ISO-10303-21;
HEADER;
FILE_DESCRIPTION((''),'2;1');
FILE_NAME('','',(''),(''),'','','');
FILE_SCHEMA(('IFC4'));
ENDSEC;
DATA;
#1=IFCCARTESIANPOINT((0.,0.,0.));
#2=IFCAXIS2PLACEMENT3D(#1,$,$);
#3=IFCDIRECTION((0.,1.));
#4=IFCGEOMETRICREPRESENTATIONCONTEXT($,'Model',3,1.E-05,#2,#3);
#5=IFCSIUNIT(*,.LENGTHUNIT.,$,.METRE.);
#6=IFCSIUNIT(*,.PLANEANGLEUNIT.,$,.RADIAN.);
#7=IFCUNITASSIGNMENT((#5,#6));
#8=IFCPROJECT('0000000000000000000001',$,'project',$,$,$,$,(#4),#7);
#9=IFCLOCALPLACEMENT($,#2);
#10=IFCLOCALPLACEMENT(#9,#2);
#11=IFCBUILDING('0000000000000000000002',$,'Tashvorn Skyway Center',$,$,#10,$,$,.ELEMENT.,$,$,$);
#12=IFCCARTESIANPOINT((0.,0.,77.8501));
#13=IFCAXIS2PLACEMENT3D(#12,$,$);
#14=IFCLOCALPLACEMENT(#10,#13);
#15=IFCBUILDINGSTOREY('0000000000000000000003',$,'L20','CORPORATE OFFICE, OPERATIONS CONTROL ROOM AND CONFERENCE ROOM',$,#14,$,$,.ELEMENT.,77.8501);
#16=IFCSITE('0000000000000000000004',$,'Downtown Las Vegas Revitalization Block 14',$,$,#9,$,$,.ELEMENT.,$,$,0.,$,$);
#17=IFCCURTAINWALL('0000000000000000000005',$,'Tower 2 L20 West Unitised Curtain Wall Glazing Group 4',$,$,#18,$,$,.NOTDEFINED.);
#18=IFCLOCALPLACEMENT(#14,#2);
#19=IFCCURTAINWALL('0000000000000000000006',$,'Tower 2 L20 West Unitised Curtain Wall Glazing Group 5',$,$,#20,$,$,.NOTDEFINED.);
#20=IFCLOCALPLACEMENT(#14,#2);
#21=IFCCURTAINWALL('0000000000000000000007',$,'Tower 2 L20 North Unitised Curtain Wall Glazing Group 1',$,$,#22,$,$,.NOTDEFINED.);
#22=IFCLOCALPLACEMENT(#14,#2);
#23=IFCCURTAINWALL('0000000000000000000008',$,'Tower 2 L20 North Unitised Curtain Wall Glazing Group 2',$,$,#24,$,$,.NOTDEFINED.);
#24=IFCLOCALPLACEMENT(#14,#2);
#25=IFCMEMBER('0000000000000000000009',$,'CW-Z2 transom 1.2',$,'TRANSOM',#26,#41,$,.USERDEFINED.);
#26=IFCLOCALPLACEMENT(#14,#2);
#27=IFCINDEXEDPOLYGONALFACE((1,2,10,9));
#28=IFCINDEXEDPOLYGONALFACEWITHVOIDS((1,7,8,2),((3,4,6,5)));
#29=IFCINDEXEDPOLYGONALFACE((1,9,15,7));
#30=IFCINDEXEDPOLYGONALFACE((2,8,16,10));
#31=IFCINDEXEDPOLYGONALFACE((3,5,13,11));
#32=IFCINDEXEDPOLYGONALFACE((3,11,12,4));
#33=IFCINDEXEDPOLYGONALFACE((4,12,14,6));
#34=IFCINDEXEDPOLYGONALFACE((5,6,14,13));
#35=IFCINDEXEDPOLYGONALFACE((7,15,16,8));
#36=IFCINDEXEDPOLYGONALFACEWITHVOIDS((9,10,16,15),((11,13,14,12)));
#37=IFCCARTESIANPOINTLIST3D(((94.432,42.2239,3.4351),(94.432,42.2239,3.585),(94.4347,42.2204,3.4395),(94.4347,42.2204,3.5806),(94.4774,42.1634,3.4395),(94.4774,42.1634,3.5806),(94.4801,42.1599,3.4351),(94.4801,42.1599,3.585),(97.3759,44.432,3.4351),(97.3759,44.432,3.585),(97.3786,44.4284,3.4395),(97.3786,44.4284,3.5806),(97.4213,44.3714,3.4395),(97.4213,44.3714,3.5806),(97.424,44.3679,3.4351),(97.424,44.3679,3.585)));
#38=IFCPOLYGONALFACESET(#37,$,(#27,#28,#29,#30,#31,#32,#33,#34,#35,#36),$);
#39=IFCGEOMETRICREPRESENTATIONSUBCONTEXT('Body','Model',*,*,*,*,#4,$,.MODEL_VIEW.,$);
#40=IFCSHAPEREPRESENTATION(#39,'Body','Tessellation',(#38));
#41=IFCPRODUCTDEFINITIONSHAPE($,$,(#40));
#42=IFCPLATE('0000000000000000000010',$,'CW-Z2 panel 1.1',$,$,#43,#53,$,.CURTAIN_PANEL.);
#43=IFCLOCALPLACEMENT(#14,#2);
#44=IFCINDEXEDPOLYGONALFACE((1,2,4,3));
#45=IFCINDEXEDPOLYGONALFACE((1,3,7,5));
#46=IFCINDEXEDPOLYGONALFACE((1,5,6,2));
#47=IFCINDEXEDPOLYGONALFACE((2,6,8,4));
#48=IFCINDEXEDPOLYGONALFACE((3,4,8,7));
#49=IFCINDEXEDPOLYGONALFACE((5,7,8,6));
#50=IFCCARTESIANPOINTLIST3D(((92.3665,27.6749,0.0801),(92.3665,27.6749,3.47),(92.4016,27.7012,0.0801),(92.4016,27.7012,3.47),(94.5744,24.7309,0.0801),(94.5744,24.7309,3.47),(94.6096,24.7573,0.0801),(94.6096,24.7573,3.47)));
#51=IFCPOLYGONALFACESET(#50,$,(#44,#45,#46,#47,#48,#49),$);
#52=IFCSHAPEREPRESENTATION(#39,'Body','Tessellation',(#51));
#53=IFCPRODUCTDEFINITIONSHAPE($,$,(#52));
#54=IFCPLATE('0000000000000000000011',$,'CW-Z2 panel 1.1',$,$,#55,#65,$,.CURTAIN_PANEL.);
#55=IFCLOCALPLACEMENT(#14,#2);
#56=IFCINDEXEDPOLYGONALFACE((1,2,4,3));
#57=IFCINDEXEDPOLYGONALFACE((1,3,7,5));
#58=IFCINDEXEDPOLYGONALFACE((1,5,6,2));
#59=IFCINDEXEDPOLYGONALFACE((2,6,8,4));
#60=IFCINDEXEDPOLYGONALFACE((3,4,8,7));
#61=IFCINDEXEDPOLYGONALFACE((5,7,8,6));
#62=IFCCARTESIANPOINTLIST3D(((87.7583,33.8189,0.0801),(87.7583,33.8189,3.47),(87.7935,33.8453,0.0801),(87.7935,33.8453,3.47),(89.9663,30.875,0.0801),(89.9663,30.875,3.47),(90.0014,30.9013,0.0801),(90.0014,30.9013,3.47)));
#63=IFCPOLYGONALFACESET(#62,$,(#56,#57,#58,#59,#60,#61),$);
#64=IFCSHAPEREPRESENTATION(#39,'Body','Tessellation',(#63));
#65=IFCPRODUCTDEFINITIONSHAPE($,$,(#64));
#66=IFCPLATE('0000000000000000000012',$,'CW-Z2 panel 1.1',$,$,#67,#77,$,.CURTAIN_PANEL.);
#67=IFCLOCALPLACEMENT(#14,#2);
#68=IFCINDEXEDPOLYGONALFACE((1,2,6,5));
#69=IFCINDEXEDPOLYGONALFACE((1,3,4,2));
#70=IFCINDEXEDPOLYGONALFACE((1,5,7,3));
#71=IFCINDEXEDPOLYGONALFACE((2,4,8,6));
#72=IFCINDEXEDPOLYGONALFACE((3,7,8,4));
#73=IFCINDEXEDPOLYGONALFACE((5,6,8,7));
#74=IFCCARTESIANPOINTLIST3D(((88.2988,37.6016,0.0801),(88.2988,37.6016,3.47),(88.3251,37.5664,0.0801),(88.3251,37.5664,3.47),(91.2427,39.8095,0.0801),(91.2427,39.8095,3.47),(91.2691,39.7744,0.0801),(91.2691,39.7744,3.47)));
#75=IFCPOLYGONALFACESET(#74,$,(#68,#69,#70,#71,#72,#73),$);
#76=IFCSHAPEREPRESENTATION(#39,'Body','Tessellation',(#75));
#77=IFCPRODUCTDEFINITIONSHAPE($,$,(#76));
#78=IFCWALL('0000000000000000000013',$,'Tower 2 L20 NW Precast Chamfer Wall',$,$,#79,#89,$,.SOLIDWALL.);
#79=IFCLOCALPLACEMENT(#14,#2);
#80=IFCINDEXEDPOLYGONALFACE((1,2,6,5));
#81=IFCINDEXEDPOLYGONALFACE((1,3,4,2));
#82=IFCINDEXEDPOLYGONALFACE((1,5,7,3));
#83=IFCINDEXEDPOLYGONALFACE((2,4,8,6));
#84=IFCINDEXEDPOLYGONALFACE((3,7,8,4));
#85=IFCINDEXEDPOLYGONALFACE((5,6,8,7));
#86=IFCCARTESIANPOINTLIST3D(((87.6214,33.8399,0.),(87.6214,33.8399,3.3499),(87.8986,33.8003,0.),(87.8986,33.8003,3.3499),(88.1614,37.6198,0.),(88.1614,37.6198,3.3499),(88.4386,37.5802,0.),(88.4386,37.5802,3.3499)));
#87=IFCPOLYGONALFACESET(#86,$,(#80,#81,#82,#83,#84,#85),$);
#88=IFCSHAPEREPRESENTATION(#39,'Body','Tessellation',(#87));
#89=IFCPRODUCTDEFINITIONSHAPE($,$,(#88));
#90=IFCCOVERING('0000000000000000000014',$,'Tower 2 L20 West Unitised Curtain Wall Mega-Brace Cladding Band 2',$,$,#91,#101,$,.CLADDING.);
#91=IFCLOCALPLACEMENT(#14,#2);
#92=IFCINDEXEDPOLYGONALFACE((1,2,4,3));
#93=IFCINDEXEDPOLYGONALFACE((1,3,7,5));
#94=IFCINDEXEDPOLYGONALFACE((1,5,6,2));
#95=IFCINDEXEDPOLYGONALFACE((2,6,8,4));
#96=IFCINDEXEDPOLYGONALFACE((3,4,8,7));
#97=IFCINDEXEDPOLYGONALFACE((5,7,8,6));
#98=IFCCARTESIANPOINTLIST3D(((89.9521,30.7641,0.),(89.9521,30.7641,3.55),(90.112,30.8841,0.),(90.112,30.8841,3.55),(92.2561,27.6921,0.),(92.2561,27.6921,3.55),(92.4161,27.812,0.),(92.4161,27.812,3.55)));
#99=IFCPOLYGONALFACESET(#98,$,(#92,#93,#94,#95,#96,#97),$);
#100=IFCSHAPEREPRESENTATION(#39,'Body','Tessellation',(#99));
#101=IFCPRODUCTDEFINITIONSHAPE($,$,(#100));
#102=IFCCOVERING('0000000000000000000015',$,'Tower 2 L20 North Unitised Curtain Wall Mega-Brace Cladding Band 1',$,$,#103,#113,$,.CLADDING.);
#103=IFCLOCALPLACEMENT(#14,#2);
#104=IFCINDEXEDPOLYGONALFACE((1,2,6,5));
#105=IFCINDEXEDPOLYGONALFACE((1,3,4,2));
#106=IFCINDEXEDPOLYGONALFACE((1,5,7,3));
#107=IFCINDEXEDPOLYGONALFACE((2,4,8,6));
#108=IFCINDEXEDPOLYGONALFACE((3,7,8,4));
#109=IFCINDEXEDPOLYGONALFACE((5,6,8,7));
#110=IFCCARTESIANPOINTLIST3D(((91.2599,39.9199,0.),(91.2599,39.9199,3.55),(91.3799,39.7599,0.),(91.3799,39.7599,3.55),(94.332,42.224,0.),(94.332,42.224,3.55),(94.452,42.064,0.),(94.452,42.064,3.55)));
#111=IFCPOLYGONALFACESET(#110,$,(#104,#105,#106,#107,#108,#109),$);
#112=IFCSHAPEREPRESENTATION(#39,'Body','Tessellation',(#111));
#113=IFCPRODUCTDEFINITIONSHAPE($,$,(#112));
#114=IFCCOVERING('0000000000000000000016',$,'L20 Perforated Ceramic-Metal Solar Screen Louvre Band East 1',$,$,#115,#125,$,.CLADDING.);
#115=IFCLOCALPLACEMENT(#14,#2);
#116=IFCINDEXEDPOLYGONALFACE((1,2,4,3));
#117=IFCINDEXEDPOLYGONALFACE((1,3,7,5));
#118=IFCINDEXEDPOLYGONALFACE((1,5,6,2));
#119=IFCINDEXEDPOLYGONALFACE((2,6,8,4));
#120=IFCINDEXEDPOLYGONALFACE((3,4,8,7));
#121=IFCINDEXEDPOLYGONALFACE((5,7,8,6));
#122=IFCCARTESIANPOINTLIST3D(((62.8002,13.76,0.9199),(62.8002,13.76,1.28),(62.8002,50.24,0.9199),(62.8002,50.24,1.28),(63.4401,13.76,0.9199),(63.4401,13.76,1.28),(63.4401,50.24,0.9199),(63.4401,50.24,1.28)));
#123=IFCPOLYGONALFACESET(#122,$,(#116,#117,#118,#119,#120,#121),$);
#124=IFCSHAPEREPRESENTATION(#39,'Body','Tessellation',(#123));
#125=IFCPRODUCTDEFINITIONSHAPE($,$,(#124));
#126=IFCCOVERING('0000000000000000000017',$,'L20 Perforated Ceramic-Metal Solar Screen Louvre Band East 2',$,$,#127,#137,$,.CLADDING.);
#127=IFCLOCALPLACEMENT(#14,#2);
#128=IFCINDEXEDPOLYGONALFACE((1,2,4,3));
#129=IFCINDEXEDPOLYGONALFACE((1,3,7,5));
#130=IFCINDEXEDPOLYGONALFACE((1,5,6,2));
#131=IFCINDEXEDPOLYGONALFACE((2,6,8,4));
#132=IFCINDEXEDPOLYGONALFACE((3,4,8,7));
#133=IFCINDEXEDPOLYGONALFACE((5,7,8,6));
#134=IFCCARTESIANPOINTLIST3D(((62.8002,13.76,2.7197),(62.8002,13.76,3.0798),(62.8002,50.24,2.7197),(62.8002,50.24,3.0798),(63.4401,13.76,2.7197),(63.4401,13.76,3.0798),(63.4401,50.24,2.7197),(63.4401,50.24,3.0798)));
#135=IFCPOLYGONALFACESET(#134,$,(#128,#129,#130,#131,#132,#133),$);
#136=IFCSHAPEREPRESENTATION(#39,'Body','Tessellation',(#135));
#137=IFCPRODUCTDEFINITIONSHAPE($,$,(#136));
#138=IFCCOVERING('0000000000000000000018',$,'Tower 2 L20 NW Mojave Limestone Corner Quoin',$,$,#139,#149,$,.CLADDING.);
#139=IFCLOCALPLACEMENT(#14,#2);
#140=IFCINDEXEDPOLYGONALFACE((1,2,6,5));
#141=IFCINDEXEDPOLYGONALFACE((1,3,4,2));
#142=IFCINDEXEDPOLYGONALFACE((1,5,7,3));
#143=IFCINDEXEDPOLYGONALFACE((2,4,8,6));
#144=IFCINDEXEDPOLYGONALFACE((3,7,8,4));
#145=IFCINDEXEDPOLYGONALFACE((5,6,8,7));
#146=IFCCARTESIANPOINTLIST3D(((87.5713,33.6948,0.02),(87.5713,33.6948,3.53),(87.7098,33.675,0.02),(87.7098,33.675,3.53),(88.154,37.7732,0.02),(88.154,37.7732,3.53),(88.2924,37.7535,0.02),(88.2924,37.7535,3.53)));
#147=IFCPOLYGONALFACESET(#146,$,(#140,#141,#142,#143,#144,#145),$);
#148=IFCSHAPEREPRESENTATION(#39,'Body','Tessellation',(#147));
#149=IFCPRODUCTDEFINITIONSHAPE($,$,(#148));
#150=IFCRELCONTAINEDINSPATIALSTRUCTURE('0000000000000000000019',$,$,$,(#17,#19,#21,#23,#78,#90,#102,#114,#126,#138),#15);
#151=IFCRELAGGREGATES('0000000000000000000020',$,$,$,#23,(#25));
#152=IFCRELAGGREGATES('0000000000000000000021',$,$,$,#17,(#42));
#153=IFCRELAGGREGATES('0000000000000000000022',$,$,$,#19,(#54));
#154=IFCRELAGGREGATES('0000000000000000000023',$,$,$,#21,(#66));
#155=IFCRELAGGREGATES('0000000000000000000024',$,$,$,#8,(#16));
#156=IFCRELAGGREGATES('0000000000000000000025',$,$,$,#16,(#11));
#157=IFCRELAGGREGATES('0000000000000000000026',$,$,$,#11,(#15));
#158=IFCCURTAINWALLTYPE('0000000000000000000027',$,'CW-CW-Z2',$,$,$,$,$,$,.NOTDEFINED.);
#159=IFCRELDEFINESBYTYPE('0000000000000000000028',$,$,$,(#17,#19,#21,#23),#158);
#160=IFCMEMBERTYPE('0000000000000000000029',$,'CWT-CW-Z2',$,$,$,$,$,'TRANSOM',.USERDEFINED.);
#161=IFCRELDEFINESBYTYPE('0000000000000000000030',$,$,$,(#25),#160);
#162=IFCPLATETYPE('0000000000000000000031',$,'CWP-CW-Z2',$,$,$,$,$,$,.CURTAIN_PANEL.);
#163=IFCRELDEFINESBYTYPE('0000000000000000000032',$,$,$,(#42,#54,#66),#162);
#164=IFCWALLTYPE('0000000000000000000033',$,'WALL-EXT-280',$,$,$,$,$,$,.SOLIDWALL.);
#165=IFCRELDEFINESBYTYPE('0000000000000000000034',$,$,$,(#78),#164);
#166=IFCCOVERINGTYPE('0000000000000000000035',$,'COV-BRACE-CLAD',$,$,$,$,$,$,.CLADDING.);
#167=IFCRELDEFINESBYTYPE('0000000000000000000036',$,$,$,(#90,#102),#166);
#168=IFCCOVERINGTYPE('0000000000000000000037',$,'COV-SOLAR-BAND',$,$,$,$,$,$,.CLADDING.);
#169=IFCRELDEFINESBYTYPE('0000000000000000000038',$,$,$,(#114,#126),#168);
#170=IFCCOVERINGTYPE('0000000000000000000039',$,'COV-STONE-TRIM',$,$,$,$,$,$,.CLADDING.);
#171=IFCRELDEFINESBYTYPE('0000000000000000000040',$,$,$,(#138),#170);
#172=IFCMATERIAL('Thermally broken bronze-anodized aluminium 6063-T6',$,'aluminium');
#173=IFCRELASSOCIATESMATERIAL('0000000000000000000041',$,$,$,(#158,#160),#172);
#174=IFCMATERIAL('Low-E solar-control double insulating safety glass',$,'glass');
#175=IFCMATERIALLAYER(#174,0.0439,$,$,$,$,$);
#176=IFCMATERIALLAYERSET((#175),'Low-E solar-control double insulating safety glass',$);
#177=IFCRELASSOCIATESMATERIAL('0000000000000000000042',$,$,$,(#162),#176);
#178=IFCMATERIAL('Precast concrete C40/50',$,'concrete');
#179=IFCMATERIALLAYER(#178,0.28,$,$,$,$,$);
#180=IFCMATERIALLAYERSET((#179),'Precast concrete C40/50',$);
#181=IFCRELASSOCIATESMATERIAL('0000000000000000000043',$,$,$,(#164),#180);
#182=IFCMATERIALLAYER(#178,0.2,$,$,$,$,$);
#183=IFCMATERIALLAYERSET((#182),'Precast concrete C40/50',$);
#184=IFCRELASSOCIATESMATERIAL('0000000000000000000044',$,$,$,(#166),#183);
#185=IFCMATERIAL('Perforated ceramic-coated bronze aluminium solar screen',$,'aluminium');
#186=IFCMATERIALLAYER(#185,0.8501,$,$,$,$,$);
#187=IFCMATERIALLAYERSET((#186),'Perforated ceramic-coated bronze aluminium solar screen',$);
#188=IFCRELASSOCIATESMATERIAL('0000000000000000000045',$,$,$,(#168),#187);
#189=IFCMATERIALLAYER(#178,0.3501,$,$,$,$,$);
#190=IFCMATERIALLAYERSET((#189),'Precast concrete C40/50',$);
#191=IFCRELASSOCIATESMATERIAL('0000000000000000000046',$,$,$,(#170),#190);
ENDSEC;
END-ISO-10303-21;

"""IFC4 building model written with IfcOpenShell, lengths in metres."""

from ifc_helpers import new_model, si_unit, direction, frame, frame_2d, origin, origin_2d, place, context, subcontext, project, spatial, rectangle, hollow_rectangle, extrude, material, layer, layer_set, material_profile, profile_set, type_object, element, aggregate, save


model = new_model("IFC4")

# Units and contexts
model_context = context("Model", 3, precision=1e-05, world=origin(), true_north=direction((0.0, 1.0)))
body_context = subcontext(model_context, "Body", "Model", "MODEL_VIEW")
ifc_project = project(units=[si_unit("LENGTHUNIT", "METRE"), si_unit("PLANEANGLEUNIT", "RADIAN")], contexts=[model_context])

# Site, building, storey
site_placement = place(None, origin())
site = spatial("IfcSite", under=ifc_project, at=site_placement, Name="Downtown Las Vegas Revitalization Block 14", CompositionType="ELEMENT", RefElevation=0.0)
building_placement = place(site_placement, origin())
building = spatial("IfcBuilding", under=site, at=building_placement, Name="Tashvorn Skyway Center", CompositionType="ELEMENT")
storey_placement = place(building_placement, frame((0.0, 0.0, 77.8501)))
storey = spatial("IfcBuildingStorey", under=building, at=storey_placement, Name="L20", Description="CORPORATE OFFICE, OPERATIONS CONTROL ROOM AND CONFERENCE ROOM", CompositionType="ELEMENT", Elevation=77.8501)

# Shared definitions
ifc_material_1 = material(Name="Thermally broken bronze-anodized aluminium 6063-T6", Category="aluminium")
curtain_wall_type = type_object("IfcCurtainWallType", Name="CW-CW-Z2", PredefinedType="NOTDEFINED", material=ifc_material_1)

# Curtain walls
curtain_wall_1_placement = place(storey_placement, origin())
curtain_wall_1 = element("IfcCurtainWall", 1, at=curtain_wall_1_placement, inside=storey, type_object=curtain_wall_type, Name="Tower 2 L20 West Unitised Curtain Wall Glazing Group 4", PredefinedType="NOTDEFINED")
curtain_wall_2_placement = place(storey_placement, origin())
curtain_wall_2 = element("IfcCurtainWall", 2, at=curtain_wall_2_placement, inside=storey, type_object=curtain_wall_type, Name="Tower 2 L20 West Unitised Curtain Wall Glazing Group 5", PredefinedType="NOTDEFINED")
curtain_wall_3_placement = place(storey_placement, origin())
curtain_wall_3 = element("IfcCurtainWall", 3, at=curtain_wall_3_placement, inside=storey, type_object=curtain_wall_type, Name="Tower 2 L20 North Unitised Curtain Wall Glazing Group 1", PredefinedType="NOTDEFINED")

# Curtain wall
curtain_wall_4_placement = place(storey_placement, origin())
curtain_wall_4 = element("IfcCurtainWall", 4, at=curtain_wall_4_placement, inside=storey, type_object=curtain_wall_type, Name="Tower 2 L20 North Unitised Curtain Wall Glazing Group 2", PredefinedType="NOTDEFINED")

# Member
ifc_material_profile_1 = material_profile(ifc_material_1, hollow_rectangle(XDim=0.0801, YDim=0.1499, WallThickness=0.0044, at=origin_2d()), Name="ALU-TRAN-80x150")
ifc_profile_set_1 = profile_set([ifc_material_profile_1], Name="Thermally broken bronze-anodized aluminium 6063-T6")
member_type_1 = type_object("IfcMemberType", Name="CWT-CW-Z2", ElementType="TRANSOM", PredefinedType="USERDEFINED", material=ifc_profile_set_1)
member_1_placement = place(storey_placement, frame((94.4561, 42.1919, 3.51), z_axis=(0.799984, 0.600021, 0.0), x_axis=(-0.600021, 0.799984, 0.0)))
member_1 = element("IfcMember", 5, at=member_1_placement, type_object=member_type_1, Name="CW-Z2 transom 1.2", ObjectType="TRANSOM", PredefinedType="USERDEFINED", context=body_context, shape_type="SweptSolid", body=[
    extrude(hollow_rectangle(XDim=0.0801, YDim=0.1499, WallThickness=0.0044, at=origin_2d()), origin(), (0.0, 0.0, 1.0), 3.6799),
])
aggregate(curtain_wall_4, [member_1])

# Plates
ifc_material_2 = material(Name="Low-E solar-control double insulating safety glass", Category="glass")
ifc_layer_1 = layer(ifc_material_2, 0.0439)
ifc_layer_set_1 = layer_set([ifc_layer_1], Name="Low-E solar-control double insulating safety glass")
plate_type = type_object("IfcPlateType", Name="CWP-CW-Z2", PredefinedType="CURTAIN_PANEL", material=ifc_layer_set_1)
plate_1_placement = place(storey_placement, frame((93.488, 26.2161, 0.0801), z_axis=(0.0, 0.0, 1.0), x_axis=(-0.6, 0.8, 0.0)))
plate_1 = element("IfcPlate", 6, at=plate_1_placement, type_object=plate_type, Name="CW-Z2 panel 1.1", PredefinedType="CURTAIN_PANEL", context=body_context, shape_type="SweptSolid", body=[
    extrude(rectangle(XDim=3.6799, YDim=0.0439, at=origin_2d()), origin(), (0.0, 0.0, 1.0), 3.3899),
])
aggregate(curtain_wall_1, [plate_1])
plate_2_placement = place(storey_placement, frame((88.8799, 32.3601, 0.0801), z_axis=(0.0, 0.0, 1.0), x_axis=(-0.6, 0.8, 0.0)))
plate_2 = element("IfcPlate", 7, at=plate_2_placement, type_object=plate_type, Name="CW-Z2 panel 1.1", PredefinedType="CURTAIN_PANEL", context=body_context, shape_type="SweptSolid", body=[
    extrude(rectangle(XDim=3.6799, YDim=0.0439, at=origin_2d()), origin(), (0.0, 0.0, 1.0), 3.3899),
])
aggregate(curtain_wall_2, [plate_2])
plate_3_placement = place(storey_placement, frame((89.7839, 38.688, 0.0801), z_axis=(0.0, 0.0, 1.0), x_axis=(0.8, 0.6, 0.0)))
plate_3 = element("IfcPlate", 8, at=plate_3_placement, type_object=plate_type, Name="CW-Z2 panel 1.1", PredefinedType="CURTAIN_PANEL", context=body_context, shape_type="SweptSolid", body=[
    extrude(rectangle(XDim=3.6799, YDim=0.0439, at=origin_2d()), origin(), (0.0, 0.0, 1.0), 3.3899),
])
aggregate(curtain_wall_3, [plate_3])

# Wall
ifc_material_3 = material(Name="Precast concrete C40/50", Category="concrete")
ifc_layer_2 = layer(ifc_material_3, 0.28)
ifc_layer_set_2 = layer_set([ifc_layer_2], Name="Precast concrete C40/50")
wall_type = type_object("IfcWallType", Name="WALL-EXT-280", PredefinedType="SOLIDWALL", material=ifc_layer_set_2)
wall_placement = place(storey_placement, frame((87.76, 33.8201, 0.0), z_axis=(0.0, 0.0, 1.0), x_axis=(0.14143, 0.989948, 0.0)))
element("IfcWall", 9, at=wall_placement, inside=storey, type_object=wall_type, Name="Tower 2 L20 NW Precast Chamfer Wall", PredefinedType="SOLIDWALL", context=body_context, shape_type="SweptSolid", body=[
    extrude(rectangle(XDim=3.8184, YDim=0.28, at=frame_2d((1.9092, 0.0))), origin(), (0.0, 0.0, 1.0), 3.3499),
])

# Coverings
ifc_layer_3 = layer(ifc_material_3, 0.2)
ifc_layer_set_3 = layer_set([ifc_layer_3], Name="Precast concrete C40/50")
covering_type_1 = type_object("IfcCoveringType", Name="COV-BRACE-CLAD", PredefinedType="CLADDING", material=ifc_layer_set_3)
for number, where, z_axis, x_axis, name in (
    (10, (91.1841, 29.2881, 0.0), (0.0, 0.0, 1.0), (-0.6, 0.8, 0.0), "Tower 2 L20 West Unitised Curtain Wall Mega-Brace Cladding Band 2"),
    (11, (92.856, 40.9919, 0.0), (0.0, 0.0, 1.0), (0.8, 0.6, 0.0), "Tower 2 L20 North Unitised Curtain Wall Mega-Brace Cladding Band 1"),
):
    element("IfcCovering", number, at=place(storey_placement, frame(where, z_axis=z_axis, x_axis=x_axis)), inside=storey, type_object=covering_type_1, Name=name, PredefinedType="CLADDING", context=body_context, shape_type="SweptSolid", body=[
        extrude(rectangle(XDim=3.8401, YDim=0.2, at=origin_2d()), origin(), (0.0, 0.0, 1.0), 3.55),
    ])
ifc_material_4 = material(Name="Perforated ceramic-coated bronze aluminium solar screen", Category="aluminium")
ifc_layer_4 = layer(ifc_material_4, 0.8501)
ifc_layer_set_4 = layer_set([ifc_layer_4], Name="Perforated ceramic-coated bronze aluminium solar screen")
covering_type_2 = type_object("IfcCoveringType", Name="COV-SOLAR-BAND", PredefinedType="CLADDING", material=ifc_layer_set_4)
for number, where, z_axis, x_axis, name in (
    (12, (63.1201, 32.0, 0.9199), (0.0, 0.0, 1.0), (0.0, -1.0, 0.0), "L20 Perforated Ceramic-Metal Solar Screen Louvre Band East 1"),
    (13, (63.1201, 32.0, 2.7197), (0.0, 0.0, 1.0), (0.0, -1.0, 0.0), "L20 Perforated Ceramic-Metal Solar Screen Louvre Band East 2"),
):
    element("IfcCovering", number, at=place(storey_placement, frame(where, z_axis=z_axis, x_axis=x_axis)), inside=storey, type_object=covering_type_2, Name=name, PredefinedType="CLADDING", context=body_context, shape_type="SweptSolid", body=[
        extrude(rectangle(XDim=36.48, YDim=0.6399, at=origin_2d()), origin(), (0.0, 0.0, 1.0), 0.3601),
    ])
ifc_layer_5 = layer(ifc_material_3, 0.3501)
ifc_layer_set_5 = layer_set([ifc_layer_5], Name="Precast concrete C40/50")
covering_type_3 = type_object("IfcCoveringType", Name="COV-STONE-TRIM", PredefinedType="CLADDING", material=ifc_layer_set_5)
covering_placement = place(storey_placement, frame((87.9319, 35.7241, 0.02), z_axis=(0.0, 0.0, 1.0), x_axis=(-0.141421, -0.989949, 0.0)))
element("IfcCovering", 14, at=covering_placement, inside=storey, type_object=covering_type_3, Name="Tower 2 L20 NW Mojave Limestone Corner Quoin", PredefinedType="CLADDING", context=body_context, shape_type="SweptSolid", body=[
    extrude(rectangle(XDim=4.1199, YDim=0.1399, at=origin_2d()), origin(), (0.0, 0.0, 1.0), 3.51),
])

save(model, "model.ifc")
